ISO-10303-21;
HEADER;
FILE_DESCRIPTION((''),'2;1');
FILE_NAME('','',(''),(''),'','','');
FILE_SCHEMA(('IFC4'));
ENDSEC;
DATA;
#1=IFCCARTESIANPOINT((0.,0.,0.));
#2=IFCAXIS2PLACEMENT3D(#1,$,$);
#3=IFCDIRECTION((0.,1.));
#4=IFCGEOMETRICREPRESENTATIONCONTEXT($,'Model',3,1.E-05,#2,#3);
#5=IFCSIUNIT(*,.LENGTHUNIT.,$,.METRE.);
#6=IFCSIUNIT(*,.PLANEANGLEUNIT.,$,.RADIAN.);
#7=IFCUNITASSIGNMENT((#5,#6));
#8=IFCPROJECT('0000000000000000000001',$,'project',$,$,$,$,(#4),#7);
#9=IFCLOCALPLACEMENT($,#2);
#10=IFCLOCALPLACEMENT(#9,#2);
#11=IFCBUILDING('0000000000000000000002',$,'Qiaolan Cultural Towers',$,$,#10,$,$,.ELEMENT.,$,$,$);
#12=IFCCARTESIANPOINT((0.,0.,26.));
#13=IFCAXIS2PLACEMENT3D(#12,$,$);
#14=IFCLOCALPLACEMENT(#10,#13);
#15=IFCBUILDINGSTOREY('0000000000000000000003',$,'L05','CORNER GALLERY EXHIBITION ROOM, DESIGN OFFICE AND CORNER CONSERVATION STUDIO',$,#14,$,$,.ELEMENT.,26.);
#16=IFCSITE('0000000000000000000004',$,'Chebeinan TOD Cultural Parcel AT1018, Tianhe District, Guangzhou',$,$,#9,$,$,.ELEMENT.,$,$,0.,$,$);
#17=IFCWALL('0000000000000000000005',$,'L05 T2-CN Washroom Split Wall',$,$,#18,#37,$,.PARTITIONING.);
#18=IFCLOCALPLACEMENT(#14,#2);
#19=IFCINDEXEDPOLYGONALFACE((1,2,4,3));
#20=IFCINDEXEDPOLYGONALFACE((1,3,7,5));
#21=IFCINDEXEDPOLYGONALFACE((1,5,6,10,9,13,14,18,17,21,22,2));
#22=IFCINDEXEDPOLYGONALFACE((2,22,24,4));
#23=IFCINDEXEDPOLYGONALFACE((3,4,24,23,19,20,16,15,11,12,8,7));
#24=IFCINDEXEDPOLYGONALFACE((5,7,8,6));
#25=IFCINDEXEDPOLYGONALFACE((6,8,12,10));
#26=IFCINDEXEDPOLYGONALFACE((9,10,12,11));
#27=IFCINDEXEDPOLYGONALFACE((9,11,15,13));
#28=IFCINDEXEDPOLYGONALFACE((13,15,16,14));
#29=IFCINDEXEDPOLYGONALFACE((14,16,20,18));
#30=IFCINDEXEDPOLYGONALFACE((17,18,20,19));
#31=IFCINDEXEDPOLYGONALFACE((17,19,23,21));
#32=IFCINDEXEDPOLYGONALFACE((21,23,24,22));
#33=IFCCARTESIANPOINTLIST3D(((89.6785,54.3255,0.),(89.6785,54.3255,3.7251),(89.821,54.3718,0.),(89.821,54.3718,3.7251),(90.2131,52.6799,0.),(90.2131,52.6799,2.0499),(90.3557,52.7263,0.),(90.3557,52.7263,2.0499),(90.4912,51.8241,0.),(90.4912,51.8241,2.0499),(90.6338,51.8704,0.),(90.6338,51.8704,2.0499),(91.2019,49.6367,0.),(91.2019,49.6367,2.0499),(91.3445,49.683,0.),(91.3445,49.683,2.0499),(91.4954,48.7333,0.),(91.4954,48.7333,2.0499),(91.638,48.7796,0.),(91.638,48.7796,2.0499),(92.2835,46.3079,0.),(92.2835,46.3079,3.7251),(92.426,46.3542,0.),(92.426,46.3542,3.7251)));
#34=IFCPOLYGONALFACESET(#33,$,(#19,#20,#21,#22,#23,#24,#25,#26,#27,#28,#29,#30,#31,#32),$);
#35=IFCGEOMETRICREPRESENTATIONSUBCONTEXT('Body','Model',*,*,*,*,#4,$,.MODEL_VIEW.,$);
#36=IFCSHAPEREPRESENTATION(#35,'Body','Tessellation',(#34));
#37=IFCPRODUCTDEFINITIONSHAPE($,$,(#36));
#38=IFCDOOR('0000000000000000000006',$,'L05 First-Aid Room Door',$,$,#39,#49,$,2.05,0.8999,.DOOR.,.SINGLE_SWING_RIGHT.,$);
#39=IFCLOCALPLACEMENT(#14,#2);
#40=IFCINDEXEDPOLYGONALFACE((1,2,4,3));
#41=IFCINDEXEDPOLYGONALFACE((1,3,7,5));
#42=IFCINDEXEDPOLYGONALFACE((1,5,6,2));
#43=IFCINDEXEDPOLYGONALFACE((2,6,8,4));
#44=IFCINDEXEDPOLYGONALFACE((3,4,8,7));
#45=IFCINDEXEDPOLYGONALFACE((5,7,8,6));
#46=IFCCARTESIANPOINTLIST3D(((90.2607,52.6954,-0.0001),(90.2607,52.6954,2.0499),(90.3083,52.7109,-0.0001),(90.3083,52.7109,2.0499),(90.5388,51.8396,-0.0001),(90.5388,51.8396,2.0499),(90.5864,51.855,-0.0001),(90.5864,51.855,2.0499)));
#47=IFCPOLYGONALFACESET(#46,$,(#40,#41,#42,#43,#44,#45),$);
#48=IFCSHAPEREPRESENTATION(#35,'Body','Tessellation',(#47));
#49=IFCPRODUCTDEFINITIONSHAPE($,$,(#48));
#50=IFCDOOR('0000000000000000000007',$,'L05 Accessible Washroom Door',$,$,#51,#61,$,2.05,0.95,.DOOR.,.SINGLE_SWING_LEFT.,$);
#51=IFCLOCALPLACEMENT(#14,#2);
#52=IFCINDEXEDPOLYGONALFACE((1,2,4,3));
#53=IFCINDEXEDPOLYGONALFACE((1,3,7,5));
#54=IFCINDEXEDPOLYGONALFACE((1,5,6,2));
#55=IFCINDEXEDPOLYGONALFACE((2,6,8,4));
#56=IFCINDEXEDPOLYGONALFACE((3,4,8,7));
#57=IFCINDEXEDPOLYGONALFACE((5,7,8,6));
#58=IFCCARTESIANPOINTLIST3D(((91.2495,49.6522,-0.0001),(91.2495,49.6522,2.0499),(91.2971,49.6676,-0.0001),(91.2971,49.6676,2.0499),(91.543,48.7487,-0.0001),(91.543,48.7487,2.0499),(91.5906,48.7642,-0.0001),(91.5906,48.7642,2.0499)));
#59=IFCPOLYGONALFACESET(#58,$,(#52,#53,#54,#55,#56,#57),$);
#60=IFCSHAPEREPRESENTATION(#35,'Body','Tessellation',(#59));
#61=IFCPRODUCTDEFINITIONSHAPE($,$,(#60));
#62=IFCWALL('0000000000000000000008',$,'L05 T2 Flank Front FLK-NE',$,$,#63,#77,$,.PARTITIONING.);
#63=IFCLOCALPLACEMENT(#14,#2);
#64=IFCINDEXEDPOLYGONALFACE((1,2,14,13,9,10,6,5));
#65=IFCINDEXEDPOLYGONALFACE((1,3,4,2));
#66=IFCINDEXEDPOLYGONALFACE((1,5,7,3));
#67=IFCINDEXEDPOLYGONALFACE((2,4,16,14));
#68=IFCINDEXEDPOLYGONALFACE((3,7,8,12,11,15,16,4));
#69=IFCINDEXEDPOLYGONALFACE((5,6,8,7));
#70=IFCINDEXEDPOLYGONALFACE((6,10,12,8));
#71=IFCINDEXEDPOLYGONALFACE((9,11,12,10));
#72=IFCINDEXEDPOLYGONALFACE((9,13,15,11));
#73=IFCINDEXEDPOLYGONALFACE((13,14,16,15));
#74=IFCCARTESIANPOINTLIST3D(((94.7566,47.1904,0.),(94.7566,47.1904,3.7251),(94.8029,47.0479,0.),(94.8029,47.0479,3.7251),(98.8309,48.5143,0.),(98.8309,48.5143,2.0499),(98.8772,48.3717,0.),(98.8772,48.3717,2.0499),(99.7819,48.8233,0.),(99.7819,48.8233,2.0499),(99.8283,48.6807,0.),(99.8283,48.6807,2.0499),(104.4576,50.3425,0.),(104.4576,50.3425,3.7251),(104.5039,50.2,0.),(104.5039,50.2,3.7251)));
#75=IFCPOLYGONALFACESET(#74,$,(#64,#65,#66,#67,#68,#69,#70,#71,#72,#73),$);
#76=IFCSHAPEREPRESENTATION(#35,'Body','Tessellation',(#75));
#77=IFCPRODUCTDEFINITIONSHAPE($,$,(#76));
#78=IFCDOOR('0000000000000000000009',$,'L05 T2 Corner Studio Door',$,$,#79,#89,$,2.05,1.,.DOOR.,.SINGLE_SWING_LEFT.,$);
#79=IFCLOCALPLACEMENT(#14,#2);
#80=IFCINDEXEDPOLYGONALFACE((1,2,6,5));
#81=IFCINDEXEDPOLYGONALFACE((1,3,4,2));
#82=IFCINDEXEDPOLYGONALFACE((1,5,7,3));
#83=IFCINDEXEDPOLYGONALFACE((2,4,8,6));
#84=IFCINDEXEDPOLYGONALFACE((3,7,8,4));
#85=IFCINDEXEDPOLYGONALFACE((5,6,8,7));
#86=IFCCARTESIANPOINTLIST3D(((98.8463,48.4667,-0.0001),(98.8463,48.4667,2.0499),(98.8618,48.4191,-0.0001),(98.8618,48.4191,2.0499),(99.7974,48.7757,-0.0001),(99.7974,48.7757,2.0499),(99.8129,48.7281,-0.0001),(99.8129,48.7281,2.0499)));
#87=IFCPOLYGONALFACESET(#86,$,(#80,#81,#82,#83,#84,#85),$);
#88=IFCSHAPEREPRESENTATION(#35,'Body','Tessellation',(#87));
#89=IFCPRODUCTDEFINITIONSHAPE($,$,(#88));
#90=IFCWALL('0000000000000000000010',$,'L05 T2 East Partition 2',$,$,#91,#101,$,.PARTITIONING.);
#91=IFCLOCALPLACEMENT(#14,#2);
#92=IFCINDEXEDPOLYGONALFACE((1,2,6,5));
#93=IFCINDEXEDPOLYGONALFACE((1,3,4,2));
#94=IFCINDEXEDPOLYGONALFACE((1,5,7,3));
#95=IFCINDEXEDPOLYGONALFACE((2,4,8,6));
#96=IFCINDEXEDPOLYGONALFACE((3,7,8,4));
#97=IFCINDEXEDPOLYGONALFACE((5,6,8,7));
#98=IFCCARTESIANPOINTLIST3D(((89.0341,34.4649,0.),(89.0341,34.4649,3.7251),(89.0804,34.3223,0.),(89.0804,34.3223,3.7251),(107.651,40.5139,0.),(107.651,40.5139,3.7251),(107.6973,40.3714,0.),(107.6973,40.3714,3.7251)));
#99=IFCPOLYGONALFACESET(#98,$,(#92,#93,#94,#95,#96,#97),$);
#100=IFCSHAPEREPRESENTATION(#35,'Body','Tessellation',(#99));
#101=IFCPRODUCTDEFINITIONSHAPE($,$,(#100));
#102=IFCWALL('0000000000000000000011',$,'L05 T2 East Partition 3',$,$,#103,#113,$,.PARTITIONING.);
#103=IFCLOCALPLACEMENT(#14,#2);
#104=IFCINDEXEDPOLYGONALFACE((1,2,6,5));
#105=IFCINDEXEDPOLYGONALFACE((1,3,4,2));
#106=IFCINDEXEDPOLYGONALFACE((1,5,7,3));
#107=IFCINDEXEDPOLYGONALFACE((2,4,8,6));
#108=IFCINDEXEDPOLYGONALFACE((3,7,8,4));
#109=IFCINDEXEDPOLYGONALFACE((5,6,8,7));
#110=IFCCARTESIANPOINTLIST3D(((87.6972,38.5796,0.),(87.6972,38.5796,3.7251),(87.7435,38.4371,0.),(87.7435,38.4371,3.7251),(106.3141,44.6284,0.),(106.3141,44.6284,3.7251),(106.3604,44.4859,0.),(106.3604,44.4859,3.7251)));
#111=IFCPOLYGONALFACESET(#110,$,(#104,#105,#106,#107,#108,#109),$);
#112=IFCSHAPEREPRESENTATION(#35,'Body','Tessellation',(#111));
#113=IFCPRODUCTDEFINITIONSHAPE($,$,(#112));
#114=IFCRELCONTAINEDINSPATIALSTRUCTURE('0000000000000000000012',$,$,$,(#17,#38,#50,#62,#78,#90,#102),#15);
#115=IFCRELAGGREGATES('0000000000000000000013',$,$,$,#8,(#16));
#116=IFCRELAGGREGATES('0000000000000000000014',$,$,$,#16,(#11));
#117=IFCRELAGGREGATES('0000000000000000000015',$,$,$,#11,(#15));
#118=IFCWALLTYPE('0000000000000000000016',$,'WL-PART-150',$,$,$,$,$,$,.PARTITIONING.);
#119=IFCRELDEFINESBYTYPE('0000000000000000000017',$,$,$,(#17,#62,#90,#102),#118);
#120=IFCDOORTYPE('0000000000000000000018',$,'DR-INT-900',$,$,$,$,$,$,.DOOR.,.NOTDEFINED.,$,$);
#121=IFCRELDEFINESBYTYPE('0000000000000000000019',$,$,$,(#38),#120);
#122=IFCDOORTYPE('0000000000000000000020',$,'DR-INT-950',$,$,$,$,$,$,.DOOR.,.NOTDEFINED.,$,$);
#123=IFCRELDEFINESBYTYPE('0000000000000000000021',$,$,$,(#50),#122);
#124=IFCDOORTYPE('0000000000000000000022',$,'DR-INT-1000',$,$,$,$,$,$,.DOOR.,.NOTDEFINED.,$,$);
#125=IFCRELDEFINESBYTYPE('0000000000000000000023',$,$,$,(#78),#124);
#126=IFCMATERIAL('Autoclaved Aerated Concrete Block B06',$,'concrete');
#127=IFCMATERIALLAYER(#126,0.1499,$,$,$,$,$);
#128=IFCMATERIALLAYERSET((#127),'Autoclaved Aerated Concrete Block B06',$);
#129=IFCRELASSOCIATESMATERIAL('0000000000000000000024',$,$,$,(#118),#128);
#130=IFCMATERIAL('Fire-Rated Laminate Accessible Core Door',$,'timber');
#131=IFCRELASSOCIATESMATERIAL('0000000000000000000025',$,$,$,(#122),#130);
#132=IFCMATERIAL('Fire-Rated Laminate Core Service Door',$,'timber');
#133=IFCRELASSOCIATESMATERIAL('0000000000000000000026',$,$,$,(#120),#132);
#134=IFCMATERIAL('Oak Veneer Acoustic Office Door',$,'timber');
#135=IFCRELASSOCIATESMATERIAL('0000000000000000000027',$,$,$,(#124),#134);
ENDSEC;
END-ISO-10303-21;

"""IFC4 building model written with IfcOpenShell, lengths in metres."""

from ifc_helpers import new_model, si_unit, direction, frame, frame_2d, origin, place, context, subcontext, project, spatial, rectangle, extrude, material, layer, layer_set, type_object, element, fill, save


model = new_model("IFC4")

# Units and contexts
model_context = context("Model", 3, precision=1e-05, world=origin(), true_north=direction((0.0, 1.0)))
body_context = subcontext(model_context, "Body", "Model", "MODEL_VIEW")
ifc_project = project(units=[si_unit("LENGTHUNIT", "METRE"), si_unit("PLANEANGLEUNIT", "RADIAN")], contexts=[model_context])

# Site, building, storey
site_placement = place(None, origin())
site = spatial("IfcSite", under=ifc_project, at=site_placement, Name="Chebeinan TOD Cultural Parcel AT1018, Tianhe District, Guangzhou", CompositionType="ELEMENT", RefElevation=0.0)
building_placement = place(site_placement, origin())
building = spatial("IfcBuilding", under=site, at=building_placement, Name="Qiaolan Cultural Towers", CompositionType="ELEMENT")
storey_placement = place(building_placement, frame((0.0, 0.0, 26.0)))
storey = spatial("IfcBuildingStorey", under=building, at=storey_placement, Name="L05", Description="CORNER GALLERY EXHIBITION ROOM, DESIGN OFFICE AND CORNER CONSERVATION STUDIO", CompositionType="ELEMENT", Elevation=26.0)

# Shared definitions
ifc_material_1 = material(Name="Autoclaved Aerated Concrete Block B06", Category="concrete")
ifc_layer_1 = layer(ifc_material_1, 0.1499)
ifc_layer_set_1 = layer_set([ifc_layer_1], Name="Autoclaved Aerated Concrete Block B06")
wall_type_1 = type_object("IfcWallType", Name="WL-PART-150", PredefinedType="PARTITIONING", material=ifc_layer_set_1)
ifc_material_2 = material(Name="Fire-Rated Laminate Accessible Core Door", Category="timber")
door_type_1 = type_object("IfcDoorType", Name="DR-INT-950", OperationType="NOTDEFINED", PredefinedType="DOOR", material=ifc_material_2)

# Wall, openings, doors
wall_1_placement = place(storey_placement, frame((92.3547, 46.3311, 0.0), z_axis=(0.0, 0.0, 1.0), x_axis=(-0.309007, 0.95106, 0.0)))
wall_1 = element("IfcWall", 1, at=wall_1_placement, inside=storey, type_object=wall_type_1, Name="L05 T2-CN Washroom Split Wall", PredefinedType="PARTITIONING", context=body_context, shape_type="SweptSolid", body=[
    extrude(rectangle(XDim=8.4302, YDim=0.1499, at=frame_2d((4.2151, 0.0))), origin(), (0.0, 0.0, 1.0), 3.7251),
])
opening_1_placement = place(wall_1_placement, frame((2.55, 0.0, 0.0)))
opening_1 = element("IfcOpeningElement", 2, at=opening_1_placement, cuts=wall_1, PredefinedType="OPENING", context=body_context, shape_type="SweptSolid", body=[
    extrude(rectangle(XDim=0.95, YDim=2.05, at=frame_2d((0.4751, 1.0249))), frame((0.0, 0.085, 0.0), z_axis=(0.0, -1.0, 0.0), x_axis=(1.0, 0.0, 0.0)), (0.0, 0.0, 1.0), 0.1699),
])
opening_2_placement = place(wall_1_placement, frame((5.8, 0.0, 0.0)))
opening_2 = element("IfcOpeningElement", 3, at=opening_2_placement, cuts=wall_1, PredefinedType="OPENING", context=body_context, shape_type="SweptSolid", body=[
    extrude(rectangle(XDim=0.8999, YDim=2.05, at=frame_2d((0.45, 1.0249))), frame((0.0, 0.085, 0.0), z_axis=(0.0, -1.0, 0.0), x_axis=(1.0, 0.0, 0.0)), (0.0, 0.0, 1.0), 0.1699),
])
ifc_material_3 = material(Name="Fire-Rated Laminate Core Service Door", Category="timber")
door_type_2 = type_object("IfcDoorType", Name="DR-INT-900", OperationType="NOTDEFINED", PredefinedType="DOOR", material=ifc_material_3)
door_1_placement = place(opening_2_placement, origin())
door_1 = element("IfcDoor", 4, at=door_1_placement, inside=storey, type_object=door_type_2, Name="L05 First-Aid Room Door", OperationType="SINGLE_SWING_RIGHT", OverallHeight=2.05, OverallWidth=0.8999, PredefinedType="DOOR", context=body_context, shape_type="SweptSolid", body=[
    extrude(rectangle(XDim=0.8999, YDim=2.05, at=frame_2d((0.45, 1.0249))), frame((0.0, 0.0249, 0.0), z_axis=(0.0, -1.0, 0.0), x_axis=(1.0, 0.0, 0.0)), (0.0, 0.0, 1.0), 0.05),
])
fill(opening_2, door_1)
door_2_placement = place(opening_1_placement, origin())
door_2 = element("IfcDoor", 5, at=door_2_placement, inside=storey, type_object=door_type_1, Name="L05 Accessible Washroom Door", OperationType="SINGLE_SWING_LEFT", OverallHeight=2.05, OverallWidth=0.95, PredefinedType="DOOR", context=body_context, shape_type="SweptSolid", body=[
    extrude(rectangle(XDim=0.95, YDim=2.05, at=frame_2d((0.4751, 1.0249))), frame((0.0, 0.0249, 0.0), z_axis=(0.0, -1.0, 0.0), x_axis=(1.0, 0.0, 0.0)), (0.0, 0.0, 1.0), 0.05),
])
fill(opening_1, door_2)

# Wall, opening, door
wall_2_placement = place(storey_placement, frame((94.7798, 47.1191, 0.0), z_axis=(0.0, 0.0, 1.0), x_axis=(0.951054, 0.309024, 0.0)))
wall_2 = element("IfcWall", 6, at=wall_2_placement, inside=storey, type_object=wall_type_1, Name="L05 T2 Flank Front FLK-NE", PredefinedType="PARTITIONING", context=body_context, shape_type="SweptSolid", body=[
    extrude(rectangle(XDim=10.2002, YDim=0.1499, at=frame_2d((5.1001, 0.0))), origin(), (0.0, 0.0, 1.0), 3.7251),
])
opening_3_placement = place(wall_2_placement, frame((4.2839, 0.0, 0.0)))
opening_3 = element("IfcOpeningElement", 7, at=opening_3_placement, cuts=wall_2, PredefinedType="OPENING", context=body_context, shape_type="SweptSolid", body=[
    extrude(rectangle(XDim=1.0, YDim=2.05, at=frame_2d((0.5, 1.0249))), frame((0.0, 0.085, 0.0), z_axis=(0.0, -1.0, 0.0), x_axis=(1.0, 0.0, 0.0)), (0.0, 0.0, 1.0), 0.1699),
])
ifc_material_4 = material(Name="Oak Veneer Acoustic Office Door", Category="timber")
door_type_3 = type_object("IfcDoorType", Name="DR-INT-1000", OperationType="NOTDEFINED", PredefinedType="DOOR", material=ifc_material_4)
door_3_placement = place(opening_3_placement, origin())
door_3 = element("IfcDoor", 8, at=door_3_placement, inside=storey, type_object=door_type_3, Name="L05 T2 Corner Studio Door", OperationType="SINGLE_SWING_LEFT", OverallHeight=2.05, OverallWidth=1.0, PredefinedType="DOOR", context=body_context, shape_type="SweptSolid", body=[
    extrude(rectangle(XDim=1.0, YDim=2.05, at=frame_2d((0.5, 1.0249))), frame((0.0, 0.0249, 0.0), z_axis=(0.0, -1.0, 0.0), x_axis=(1.0, 0.0, 0.0)), (0.0, 0.0, 1.0), 0.05),
])
fill(opening_3, door_3)

# Walls
for number, where, z_axis, x_axis, name in (
    (9, (89.0571, 34.3936, 0.0), (0.0, 0.0, 1.0), (0.951056, 0.30902, 0.0), "L05 T2 East Partition 2"),
    (10, (87.7202, 38.5083, 0.0), (0.0, 0.0, 1.0), (0.951059, 0.309009, 0.0), "L05 T2 East Partition 3"),
):
    element("IfcWall", number, at=place(storey_placement, frame(where, z_axis=z_axis, x_axis=x_axis)), inside=storey, type_object=wall_type_1, Name=name, PredefinedType="PARTITIONING", context=body_context, shape_type="SweptSolid", body=[
        extrude(rectangle(XDim=19.575, YDim=0.1499, at=frame_2d((9.7876, 0.0))), origin(), (0.0, 0.0, 1.0), 3.7251),
    ])

save(model, "model.ifc")
